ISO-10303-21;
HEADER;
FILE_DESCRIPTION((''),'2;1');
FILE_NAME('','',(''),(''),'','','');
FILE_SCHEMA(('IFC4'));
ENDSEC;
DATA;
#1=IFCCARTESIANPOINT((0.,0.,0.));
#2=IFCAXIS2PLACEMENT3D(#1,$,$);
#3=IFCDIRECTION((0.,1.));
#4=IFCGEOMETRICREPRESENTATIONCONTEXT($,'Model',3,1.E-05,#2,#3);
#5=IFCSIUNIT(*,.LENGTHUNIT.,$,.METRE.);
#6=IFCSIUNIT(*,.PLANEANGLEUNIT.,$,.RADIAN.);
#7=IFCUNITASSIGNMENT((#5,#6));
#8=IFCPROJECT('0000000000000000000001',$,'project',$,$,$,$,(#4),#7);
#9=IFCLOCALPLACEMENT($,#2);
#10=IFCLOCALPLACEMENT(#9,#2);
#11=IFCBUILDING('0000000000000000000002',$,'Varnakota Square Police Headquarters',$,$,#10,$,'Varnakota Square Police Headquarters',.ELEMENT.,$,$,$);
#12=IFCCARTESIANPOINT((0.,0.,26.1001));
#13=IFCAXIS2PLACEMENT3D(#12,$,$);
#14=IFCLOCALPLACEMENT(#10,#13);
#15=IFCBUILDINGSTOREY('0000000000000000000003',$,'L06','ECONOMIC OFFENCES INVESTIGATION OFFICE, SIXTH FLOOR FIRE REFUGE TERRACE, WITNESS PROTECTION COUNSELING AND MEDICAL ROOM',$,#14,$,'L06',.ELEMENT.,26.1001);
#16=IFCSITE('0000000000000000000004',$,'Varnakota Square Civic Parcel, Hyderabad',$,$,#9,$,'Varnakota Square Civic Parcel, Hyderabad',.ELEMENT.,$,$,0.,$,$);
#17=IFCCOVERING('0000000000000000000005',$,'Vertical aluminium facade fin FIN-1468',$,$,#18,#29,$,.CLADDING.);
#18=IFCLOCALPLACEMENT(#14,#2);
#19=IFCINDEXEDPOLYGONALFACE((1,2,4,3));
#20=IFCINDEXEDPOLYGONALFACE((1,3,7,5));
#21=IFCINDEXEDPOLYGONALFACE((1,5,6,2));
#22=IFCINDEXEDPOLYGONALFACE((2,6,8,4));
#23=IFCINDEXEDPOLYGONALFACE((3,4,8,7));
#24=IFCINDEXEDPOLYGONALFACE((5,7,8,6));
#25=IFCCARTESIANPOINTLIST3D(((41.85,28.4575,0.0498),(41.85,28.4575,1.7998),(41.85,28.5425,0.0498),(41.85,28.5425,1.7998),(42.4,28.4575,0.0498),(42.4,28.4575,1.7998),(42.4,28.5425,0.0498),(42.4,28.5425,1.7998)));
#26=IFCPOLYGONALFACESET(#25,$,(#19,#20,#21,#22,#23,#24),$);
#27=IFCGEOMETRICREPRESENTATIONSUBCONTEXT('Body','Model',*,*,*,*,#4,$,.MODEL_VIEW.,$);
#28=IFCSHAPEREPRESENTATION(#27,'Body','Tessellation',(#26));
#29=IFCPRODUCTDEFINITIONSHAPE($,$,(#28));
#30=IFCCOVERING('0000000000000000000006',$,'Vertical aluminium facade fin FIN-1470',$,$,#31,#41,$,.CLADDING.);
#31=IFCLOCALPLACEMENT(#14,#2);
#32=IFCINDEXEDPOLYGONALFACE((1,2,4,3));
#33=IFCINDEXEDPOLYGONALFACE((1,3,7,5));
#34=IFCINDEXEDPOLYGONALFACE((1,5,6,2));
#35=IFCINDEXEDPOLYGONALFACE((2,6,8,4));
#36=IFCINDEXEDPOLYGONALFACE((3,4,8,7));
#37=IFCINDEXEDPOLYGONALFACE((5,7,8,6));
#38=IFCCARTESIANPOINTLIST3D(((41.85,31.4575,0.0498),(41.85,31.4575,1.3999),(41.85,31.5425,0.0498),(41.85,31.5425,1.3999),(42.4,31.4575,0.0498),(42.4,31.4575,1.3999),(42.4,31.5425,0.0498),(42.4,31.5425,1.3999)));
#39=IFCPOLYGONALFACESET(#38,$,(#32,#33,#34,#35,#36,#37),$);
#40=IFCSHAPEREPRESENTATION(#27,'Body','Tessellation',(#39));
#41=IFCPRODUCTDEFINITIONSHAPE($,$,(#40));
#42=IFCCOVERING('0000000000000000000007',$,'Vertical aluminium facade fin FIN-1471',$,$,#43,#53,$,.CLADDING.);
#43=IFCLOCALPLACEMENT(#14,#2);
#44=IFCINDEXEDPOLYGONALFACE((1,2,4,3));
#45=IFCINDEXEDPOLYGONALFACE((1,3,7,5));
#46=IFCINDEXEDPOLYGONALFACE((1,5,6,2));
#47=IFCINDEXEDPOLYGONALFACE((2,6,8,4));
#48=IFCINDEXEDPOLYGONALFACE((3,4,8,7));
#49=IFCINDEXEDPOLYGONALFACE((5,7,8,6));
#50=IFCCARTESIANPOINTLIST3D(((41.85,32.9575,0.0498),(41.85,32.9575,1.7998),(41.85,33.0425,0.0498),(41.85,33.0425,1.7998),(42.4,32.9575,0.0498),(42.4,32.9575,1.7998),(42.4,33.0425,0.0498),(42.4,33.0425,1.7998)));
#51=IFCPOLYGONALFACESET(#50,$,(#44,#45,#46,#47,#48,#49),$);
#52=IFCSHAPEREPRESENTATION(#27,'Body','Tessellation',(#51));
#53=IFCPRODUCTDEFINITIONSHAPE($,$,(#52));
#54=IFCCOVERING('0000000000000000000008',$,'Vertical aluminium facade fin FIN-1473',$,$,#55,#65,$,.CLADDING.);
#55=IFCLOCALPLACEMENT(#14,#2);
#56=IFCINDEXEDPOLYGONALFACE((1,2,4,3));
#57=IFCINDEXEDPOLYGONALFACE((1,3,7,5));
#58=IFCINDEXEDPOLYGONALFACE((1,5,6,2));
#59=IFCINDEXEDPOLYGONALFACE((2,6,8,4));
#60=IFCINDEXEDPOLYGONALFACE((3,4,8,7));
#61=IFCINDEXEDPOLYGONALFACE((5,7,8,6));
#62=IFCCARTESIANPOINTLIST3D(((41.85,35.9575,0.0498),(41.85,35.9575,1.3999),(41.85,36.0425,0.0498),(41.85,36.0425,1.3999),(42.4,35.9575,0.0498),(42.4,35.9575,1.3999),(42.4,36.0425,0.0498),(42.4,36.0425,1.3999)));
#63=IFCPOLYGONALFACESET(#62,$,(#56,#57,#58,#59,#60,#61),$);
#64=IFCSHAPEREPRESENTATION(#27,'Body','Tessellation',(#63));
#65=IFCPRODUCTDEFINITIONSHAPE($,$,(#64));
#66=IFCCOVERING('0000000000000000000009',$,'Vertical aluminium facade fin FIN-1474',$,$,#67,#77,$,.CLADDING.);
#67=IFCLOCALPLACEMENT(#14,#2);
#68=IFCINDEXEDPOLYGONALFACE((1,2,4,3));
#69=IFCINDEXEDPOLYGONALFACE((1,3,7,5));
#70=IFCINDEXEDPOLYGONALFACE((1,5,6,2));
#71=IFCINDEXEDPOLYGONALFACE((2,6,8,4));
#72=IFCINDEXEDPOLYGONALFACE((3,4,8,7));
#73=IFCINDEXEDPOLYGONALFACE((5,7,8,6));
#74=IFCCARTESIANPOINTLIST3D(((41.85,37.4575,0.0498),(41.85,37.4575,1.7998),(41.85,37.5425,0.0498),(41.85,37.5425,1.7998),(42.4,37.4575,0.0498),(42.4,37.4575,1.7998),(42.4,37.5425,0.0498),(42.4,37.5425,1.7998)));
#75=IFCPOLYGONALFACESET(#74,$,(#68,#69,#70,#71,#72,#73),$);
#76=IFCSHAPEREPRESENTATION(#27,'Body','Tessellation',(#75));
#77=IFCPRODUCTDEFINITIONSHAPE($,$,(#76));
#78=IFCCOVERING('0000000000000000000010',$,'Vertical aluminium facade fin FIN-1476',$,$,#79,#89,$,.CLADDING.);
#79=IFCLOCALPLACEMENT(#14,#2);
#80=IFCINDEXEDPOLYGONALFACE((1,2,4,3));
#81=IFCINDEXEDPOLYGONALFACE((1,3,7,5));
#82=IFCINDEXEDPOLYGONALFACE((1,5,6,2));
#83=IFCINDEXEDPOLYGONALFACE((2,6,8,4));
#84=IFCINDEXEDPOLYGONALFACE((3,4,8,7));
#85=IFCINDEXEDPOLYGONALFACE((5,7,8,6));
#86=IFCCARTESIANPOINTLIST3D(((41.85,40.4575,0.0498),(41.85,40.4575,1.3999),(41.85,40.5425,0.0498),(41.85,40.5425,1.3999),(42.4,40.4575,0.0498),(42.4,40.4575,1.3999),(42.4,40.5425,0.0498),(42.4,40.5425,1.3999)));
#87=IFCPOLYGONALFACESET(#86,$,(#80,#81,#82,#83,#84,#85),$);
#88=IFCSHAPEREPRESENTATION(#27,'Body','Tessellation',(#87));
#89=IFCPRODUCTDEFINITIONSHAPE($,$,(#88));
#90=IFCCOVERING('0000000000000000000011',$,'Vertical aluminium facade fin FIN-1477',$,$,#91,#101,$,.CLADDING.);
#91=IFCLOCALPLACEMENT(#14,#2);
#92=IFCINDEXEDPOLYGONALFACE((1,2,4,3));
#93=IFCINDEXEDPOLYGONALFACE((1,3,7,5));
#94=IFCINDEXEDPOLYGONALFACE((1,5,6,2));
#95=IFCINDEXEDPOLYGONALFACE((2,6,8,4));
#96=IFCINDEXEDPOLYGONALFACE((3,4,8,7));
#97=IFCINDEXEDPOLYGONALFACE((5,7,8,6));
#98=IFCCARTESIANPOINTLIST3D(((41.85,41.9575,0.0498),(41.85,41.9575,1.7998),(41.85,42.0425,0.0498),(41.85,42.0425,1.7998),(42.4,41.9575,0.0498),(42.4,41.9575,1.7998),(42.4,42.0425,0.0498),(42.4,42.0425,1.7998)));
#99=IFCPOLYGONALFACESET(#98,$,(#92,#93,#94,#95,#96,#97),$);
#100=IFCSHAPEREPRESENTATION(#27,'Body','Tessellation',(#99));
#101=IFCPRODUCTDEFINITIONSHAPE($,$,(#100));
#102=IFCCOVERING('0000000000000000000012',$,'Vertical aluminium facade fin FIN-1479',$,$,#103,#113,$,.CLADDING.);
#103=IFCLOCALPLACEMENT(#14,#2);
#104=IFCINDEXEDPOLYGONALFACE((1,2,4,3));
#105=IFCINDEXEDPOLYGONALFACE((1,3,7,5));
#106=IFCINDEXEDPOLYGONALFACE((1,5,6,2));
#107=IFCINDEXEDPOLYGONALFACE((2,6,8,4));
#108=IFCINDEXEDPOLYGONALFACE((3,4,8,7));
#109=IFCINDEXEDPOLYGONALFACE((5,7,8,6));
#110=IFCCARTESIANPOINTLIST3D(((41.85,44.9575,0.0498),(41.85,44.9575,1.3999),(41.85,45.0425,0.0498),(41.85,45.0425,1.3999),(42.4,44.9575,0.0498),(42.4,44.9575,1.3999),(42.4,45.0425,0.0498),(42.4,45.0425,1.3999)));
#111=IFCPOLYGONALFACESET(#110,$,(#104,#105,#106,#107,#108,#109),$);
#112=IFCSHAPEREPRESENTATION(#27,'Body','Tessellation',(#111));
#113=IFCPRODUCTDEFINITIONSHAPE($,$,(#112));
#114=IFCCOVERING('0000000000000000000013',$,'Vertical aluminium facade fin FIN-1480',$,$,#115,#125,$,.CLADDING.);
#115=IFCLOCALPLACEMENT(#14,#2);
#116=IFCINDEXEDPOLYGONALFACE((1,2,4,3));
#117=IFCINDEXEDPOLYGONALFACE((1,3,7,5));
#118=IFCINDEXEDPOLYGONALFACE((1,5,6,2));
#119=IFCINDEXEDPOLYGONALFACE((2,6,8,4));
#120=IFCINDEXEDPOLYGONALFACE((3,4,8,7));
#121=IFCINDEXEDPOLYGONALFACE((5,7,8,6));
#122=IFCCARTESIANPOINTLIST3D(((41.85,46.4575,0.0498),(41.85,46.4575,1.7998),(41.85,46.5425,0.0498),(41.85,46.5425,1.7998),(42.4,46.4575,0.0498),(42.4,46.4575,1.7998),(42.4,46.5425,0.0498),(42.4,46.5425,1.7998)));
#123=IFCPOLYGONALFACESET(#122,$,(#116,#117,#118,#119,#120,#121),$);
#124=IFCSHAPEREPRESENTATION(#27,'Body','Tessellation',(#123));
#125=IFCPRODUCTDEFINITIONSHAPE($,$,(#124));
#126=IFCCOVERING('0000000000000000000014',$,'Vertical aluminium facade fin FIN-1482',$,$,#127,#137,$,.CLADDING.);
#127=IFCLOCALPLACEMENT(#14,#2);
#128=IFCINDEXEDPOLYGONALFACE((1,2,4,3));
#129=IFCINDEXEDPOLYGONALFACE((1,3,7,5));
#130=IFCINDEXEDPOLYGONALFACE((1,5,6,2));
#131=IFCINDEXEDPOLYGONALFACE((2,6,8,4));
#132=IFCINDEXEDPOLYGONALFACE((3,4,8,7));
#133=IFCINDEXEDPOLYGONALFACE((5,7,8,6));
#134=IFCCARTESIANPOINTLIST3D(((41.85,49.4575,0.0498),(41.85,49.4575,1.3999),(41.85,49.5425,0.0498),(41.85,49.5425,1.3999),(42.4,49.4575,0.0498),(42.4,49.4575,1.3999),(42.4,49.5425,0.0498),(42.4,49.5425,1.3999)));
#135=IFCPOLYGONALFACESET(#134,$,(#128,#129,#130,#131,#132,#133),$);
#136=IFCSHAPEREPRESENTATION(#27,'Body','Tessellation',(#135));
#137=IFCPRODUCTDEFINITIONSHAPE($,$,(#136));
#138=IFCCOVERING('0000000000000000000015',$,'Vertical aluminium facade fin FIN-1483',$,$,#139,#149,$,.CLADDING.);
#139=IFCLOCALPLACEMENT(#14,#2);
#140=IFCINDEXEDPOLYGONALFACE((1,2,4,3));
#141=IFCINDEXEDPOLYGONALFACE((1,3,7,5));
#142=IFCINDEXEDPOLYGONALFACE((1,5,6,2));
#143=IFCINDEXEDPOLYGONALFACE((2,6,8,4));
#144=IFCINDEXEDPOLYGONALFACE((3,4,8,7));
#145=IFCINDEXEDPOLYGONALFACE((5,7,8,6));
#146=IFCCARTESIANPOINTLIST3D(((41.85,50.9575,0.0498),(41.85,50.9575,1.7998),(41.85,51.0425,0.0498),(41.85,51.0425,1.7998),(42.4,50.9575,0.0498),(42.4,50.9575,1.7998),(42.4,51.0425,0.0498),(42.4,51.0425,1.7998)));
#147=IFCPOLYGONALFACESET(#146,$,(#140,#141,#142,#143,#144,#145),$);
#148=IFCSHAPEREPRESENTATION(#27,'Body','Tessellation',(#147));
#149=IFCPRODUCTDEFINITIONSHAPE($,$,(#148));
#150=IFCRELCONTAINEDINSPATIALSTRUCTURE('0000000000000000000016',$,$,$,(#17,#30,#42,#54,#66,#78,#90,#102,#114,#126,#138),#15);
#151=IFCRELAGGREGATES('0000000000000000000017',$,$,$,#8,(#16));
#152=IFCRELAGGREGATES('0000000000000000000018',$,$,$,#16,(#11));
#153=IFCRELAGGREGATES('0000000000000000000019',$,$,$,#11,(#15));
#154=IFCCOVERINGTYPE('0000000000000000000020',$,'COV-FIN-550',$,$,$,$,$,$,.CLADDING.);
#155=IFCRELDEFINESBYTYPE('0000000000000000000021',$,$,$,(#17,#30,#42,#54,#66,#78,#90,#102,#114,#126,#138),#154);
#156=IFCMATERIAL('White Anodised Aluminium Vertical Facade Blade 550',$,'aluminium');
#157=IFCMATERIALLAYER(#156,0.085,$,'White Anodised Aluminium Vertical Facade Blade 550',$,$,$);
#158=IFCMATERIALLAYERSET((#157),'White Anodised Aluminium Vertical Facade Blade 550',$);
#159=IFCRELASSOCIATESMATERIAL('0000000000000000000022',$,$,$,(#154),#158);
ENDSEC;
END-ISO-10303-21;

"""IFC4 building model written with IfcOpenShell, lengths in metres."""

from ifc_helpers import new_model, si_unit, direction, frame, origin, origin_2d, place, context, subcontext, project, spatial, rectangle, extrude, material, layer, layer_set, type_object, element, save


model = new_model("IFC4")

# Units and contexts
model_context = context("Model", 3, precision=1e-05, world=origin(), true_north=direction((0.0, 1.0)))
body_context = subcontext(model_context, "Body", "Model", "MODEL_VIEW")
ifc_project = project(units=[si_unit("LENGTHUNIT", "METRE"), si_unit("PLANEANGLEUNIT", "RADIAN")], contexts=[model_context])

# Site, building, storey
site_placement = place(None, origin())
site = spatial("IfcSite", under=ifc_project, at=site_placement, Name="Varnakota Square Civic Parcel, Hyderabad", LongName="Varnakota Square Civic Parcel, Hyderabad", CompositionType="ELEMENT", RefElevation=0.0)
building_placement = place(site_placement, origin())
building = spatial("IfcBuilding", under=site, at=building_placement, Name="Varnakota Square Police Headquarters", LongName="Varnakota Square Police Headquarters", CompositionType="ELEMENT")
storey_placement = place(building_placement, frame((0.0, 0.0, 26.1001)))
storey = spatial("IfcBuildingStorey", under=building, at=storey_placement, Name="L06", Description="ECONOMIC OFFENCES INVESTIGATION OFFICE, SIXTH FLOOR FIRE REFUGE TERRACE, WITNESS PROTECTION COUNSELING AND MEDICAL ROOM", LongName="L06", CompositionType="ELEMENT", Elevation=26.1001)

# Coverings
ifc_material_1 = material(Name="White Anodised Aluminium Vertical Facade Blade 550", Category="aluminium")
ifc_layer_1 = layer(ifc_material_1, 0.085, Name="White Anodised Aluminium Vertical Facade Blade 550")
ifc_layer_set_1 = layer_set([ifc_layer_1], Name="White Anodised Aluminium Vertical Facade Blade 550")
covering_type_1 = type_object("IfcCoveringType", Name="COV-FIN-550", PredefinedType="CLADDING", material=ifc_layer_set_1)
covering_1_placement = place(storey_placement, frame((42.125, 28.5, 0.0498), z_axis=(0.0, 0.0, 1.0), x_axis=(0.0, 1.0, 0.0)))
element("IfcCovering", 1, at=covering_1_placement, inside=storey, type_object=covering_type_1, Name="Vertical aluminium facade fin FIN-1468", PredefinedType="CLADDING", context=body_context, shape_type="SweptSolid", body=[
    extrude(rectangle(XDim=0.085, YDim=0.55, at=origin_2d()), origin(), (0.0, 0.0, 1.0), 1.75),
])
covering_2_placement = place(storey_placement, frame((42.125, 31.5, 0.0498), z_axis=(0.0, 0.0, 1.0), x_axis=(0.0, 1.0, 0.0)))
element("IfcCovering", 2, at=covering_2_placement, inside=storey, type_object=covering_type_1, Name="Vertical aluminium facade fin FIN-1470", PredefinedType="CLADDING", context=body_context, shape_type="SweptSolid", body=[
    extrude(rectangle(XDim=0.085, YDim=0.55, at=origin_2d()), origin(), (0.0, 0.0, 1.0), 1.3501),
])
covering_3_placement = place(storey_placement, frame((42.125, 33.0, 0.0498), z_axis=(0.0, 0.0, 1.0), x_axis=(0.0, 1.0, 0.0)))
element("IfcCovering", 3, at=covering_3_placement, inside=storey, type_object=covering_type_1, Name="Vertical aluminium facade fin FIN-1471", PredefinedType="CLADDING", context=body_context, shape_type="SweptSolid", body=[
    extrude(rectangle(XDim=0.085, YDim=0.55, at=origin_2d()), origin(), (0.0, 0.0, 1.0), 1.75),
])
covering_4_placement = place(storey_placement, frame((42.125, 36.0, 0.0498), z_axis=(0.0, 0.0, 1.0), x_axis=(0.0, 1.0, 0.0)))
element("IfcCovering", 4, at=covering_4_placement, inside=storey, type_object=covering_type_1, Name="Vertical aluminium facade fin FIN-1473", PredefinedType="CLADDING", context=body_context, shape_type="SweptSolid", body=[
    extrude(rectangle(XDim=0.085, YDim=0.55, at=origin_2d()), origin(), (0.0, 0.0, 1.0), 1.3501),
])
covering_5_placement = place(storey_placement, frame((42.125, 37.5, 0.0498), z_axis=(0.0, 0.0, 1.0), x_axis=(0.0, 1.0, 0.0)))
element("IfcCovering", 5, at=covering_5_placement, inside=storey, type_object=covering_type_1, Name="Vertical aluminium facade fin FIN-1474", PredefinedType="CLADDING", context=body_context, shape_type="SweptSolid", body=[
    extrude(rectangle(XDim=0.085, YDim=0.55, at=origin_2d()), origin(), (0.0, 0.0, 1.0), 1.75),
])
covering_6_placement = place(storey_placement, frame((42.125, 40.5, 0.0498), z_axis=(0.0, 0.0, 1.0), x_axis=(0.0, 1.0, 0.0)))
element("IfcCovering", 6, at=covering_6_placement, inside=storey, type_object=covering_type_1, Name="Vertical aluminium facade fin FIN-1476", PredefinedType="CLADDING", context=body_context, shape_type="SweptSolid", body=[
    extrude(rectangle(XDim=0.085, YDim=0.55, at=origin_2d()), origin(), (0.0, 0.0, 1.0), 1.3501),
])
covering_7_placement = place(storey_placement, frame((42.125, 42.0, 0.0498), z_axis=(0.0, 0.0, 1.0), x_axis=(0.0, 1.0, 0.0)))
element("IfcCovering", 7, at=covering_7_placement, inside=storey, type_object=covering_type_1, Name="Vertical aluminium facade fin FIN-1477", PredefinedType="CLADDING", context=body_context, shape_type="SweptSolid", body=[
    extrude(rectangle(XDim=0.085, YDim=0.55, at=origin_2d()), origin(), (0.0, 0.0, 1.0), 1.75),
])
covering_8_placement = place(storey_placement, frame((42.125, 45.0, 0.0498), z_axis=(0.0, 0.0, 1.0), x_axis=(0.0, 1.0, 0.0)))
element("IfcCovering", 8, at=covering_8_placement, inside=storey, type_object=covering_type_1, Name="Vertical aluminium facade fin FIN-1479", PredefinedType="CLADDING", context=body_context, shape_type="SweptSolid", body=[
    extrude(rectangle(XDim=0.085, YDim=0.55, at=origin_2d()), origin(), (0.0, 0.0, 1.0), 1.3501),
])
covering_9_placement = place(storey_placement, frame((42.125, 46.5, 0.0498), z_axis=(0.0, 0.0, 1.0), x_axis=(0.0, 1.0, 0.0)))
element("IfcCovering", 9, at=covering_9_placement, inside=storey, type_object=covering_type_1, Name="Vertical aluminium facade fin FIN-1480", PredefinedType="CLADDING", context=body_context, shape_type="SweptSolid", body=[
    extrude(rectangle(XDim=0.085, YDim=0.55, at=origin_2d()), origin(), (0.0, 0.0, 1.0), 1.75),
])
covering_10_placement = place(storey_placement, frame((42.125, 49.5, 0.0498), z_axis=(0.0, 0.0, 1.0), x_axis=(0.0, 1.0, 0.0)))
element("IfcCovering", 10, at=covering_10_placement, inside=storey, type_object=covering_type_1, Name="Vertical aluminium facade fin FIN-1482", PredefinedType="CLADDING", context=body_context, shape_type="SweptSolid", body=[
    extrude(rectangle(XDim=0.085, YDim=0.55, at=origin_2d()), origin(), (0.0, 0.0, 1.0), 1.3501),
])
covering_11_placement = place(storey_placement, frame((42.125, 51.0, 0.0498), z_axis=(0.0, 0.0, 1.0), x_axis=(0.0, 1.0, 0.0)))
element("IfcCovering", 11, at=covering_11_placement, inside=storey, type_object=covering_type_1, Name="Vertical aluminium facade fin FIN-1483", PredefinedType="CLADDING", context=body_context, shape_type="SweptSolid", body=[
    extrude(rectangle(XDim=0.085, YDim=0.55, at=origin_2d()), origin(), (0.0, 0.0, 1.0), 1.75),
])

save(model, "model.ifc")
